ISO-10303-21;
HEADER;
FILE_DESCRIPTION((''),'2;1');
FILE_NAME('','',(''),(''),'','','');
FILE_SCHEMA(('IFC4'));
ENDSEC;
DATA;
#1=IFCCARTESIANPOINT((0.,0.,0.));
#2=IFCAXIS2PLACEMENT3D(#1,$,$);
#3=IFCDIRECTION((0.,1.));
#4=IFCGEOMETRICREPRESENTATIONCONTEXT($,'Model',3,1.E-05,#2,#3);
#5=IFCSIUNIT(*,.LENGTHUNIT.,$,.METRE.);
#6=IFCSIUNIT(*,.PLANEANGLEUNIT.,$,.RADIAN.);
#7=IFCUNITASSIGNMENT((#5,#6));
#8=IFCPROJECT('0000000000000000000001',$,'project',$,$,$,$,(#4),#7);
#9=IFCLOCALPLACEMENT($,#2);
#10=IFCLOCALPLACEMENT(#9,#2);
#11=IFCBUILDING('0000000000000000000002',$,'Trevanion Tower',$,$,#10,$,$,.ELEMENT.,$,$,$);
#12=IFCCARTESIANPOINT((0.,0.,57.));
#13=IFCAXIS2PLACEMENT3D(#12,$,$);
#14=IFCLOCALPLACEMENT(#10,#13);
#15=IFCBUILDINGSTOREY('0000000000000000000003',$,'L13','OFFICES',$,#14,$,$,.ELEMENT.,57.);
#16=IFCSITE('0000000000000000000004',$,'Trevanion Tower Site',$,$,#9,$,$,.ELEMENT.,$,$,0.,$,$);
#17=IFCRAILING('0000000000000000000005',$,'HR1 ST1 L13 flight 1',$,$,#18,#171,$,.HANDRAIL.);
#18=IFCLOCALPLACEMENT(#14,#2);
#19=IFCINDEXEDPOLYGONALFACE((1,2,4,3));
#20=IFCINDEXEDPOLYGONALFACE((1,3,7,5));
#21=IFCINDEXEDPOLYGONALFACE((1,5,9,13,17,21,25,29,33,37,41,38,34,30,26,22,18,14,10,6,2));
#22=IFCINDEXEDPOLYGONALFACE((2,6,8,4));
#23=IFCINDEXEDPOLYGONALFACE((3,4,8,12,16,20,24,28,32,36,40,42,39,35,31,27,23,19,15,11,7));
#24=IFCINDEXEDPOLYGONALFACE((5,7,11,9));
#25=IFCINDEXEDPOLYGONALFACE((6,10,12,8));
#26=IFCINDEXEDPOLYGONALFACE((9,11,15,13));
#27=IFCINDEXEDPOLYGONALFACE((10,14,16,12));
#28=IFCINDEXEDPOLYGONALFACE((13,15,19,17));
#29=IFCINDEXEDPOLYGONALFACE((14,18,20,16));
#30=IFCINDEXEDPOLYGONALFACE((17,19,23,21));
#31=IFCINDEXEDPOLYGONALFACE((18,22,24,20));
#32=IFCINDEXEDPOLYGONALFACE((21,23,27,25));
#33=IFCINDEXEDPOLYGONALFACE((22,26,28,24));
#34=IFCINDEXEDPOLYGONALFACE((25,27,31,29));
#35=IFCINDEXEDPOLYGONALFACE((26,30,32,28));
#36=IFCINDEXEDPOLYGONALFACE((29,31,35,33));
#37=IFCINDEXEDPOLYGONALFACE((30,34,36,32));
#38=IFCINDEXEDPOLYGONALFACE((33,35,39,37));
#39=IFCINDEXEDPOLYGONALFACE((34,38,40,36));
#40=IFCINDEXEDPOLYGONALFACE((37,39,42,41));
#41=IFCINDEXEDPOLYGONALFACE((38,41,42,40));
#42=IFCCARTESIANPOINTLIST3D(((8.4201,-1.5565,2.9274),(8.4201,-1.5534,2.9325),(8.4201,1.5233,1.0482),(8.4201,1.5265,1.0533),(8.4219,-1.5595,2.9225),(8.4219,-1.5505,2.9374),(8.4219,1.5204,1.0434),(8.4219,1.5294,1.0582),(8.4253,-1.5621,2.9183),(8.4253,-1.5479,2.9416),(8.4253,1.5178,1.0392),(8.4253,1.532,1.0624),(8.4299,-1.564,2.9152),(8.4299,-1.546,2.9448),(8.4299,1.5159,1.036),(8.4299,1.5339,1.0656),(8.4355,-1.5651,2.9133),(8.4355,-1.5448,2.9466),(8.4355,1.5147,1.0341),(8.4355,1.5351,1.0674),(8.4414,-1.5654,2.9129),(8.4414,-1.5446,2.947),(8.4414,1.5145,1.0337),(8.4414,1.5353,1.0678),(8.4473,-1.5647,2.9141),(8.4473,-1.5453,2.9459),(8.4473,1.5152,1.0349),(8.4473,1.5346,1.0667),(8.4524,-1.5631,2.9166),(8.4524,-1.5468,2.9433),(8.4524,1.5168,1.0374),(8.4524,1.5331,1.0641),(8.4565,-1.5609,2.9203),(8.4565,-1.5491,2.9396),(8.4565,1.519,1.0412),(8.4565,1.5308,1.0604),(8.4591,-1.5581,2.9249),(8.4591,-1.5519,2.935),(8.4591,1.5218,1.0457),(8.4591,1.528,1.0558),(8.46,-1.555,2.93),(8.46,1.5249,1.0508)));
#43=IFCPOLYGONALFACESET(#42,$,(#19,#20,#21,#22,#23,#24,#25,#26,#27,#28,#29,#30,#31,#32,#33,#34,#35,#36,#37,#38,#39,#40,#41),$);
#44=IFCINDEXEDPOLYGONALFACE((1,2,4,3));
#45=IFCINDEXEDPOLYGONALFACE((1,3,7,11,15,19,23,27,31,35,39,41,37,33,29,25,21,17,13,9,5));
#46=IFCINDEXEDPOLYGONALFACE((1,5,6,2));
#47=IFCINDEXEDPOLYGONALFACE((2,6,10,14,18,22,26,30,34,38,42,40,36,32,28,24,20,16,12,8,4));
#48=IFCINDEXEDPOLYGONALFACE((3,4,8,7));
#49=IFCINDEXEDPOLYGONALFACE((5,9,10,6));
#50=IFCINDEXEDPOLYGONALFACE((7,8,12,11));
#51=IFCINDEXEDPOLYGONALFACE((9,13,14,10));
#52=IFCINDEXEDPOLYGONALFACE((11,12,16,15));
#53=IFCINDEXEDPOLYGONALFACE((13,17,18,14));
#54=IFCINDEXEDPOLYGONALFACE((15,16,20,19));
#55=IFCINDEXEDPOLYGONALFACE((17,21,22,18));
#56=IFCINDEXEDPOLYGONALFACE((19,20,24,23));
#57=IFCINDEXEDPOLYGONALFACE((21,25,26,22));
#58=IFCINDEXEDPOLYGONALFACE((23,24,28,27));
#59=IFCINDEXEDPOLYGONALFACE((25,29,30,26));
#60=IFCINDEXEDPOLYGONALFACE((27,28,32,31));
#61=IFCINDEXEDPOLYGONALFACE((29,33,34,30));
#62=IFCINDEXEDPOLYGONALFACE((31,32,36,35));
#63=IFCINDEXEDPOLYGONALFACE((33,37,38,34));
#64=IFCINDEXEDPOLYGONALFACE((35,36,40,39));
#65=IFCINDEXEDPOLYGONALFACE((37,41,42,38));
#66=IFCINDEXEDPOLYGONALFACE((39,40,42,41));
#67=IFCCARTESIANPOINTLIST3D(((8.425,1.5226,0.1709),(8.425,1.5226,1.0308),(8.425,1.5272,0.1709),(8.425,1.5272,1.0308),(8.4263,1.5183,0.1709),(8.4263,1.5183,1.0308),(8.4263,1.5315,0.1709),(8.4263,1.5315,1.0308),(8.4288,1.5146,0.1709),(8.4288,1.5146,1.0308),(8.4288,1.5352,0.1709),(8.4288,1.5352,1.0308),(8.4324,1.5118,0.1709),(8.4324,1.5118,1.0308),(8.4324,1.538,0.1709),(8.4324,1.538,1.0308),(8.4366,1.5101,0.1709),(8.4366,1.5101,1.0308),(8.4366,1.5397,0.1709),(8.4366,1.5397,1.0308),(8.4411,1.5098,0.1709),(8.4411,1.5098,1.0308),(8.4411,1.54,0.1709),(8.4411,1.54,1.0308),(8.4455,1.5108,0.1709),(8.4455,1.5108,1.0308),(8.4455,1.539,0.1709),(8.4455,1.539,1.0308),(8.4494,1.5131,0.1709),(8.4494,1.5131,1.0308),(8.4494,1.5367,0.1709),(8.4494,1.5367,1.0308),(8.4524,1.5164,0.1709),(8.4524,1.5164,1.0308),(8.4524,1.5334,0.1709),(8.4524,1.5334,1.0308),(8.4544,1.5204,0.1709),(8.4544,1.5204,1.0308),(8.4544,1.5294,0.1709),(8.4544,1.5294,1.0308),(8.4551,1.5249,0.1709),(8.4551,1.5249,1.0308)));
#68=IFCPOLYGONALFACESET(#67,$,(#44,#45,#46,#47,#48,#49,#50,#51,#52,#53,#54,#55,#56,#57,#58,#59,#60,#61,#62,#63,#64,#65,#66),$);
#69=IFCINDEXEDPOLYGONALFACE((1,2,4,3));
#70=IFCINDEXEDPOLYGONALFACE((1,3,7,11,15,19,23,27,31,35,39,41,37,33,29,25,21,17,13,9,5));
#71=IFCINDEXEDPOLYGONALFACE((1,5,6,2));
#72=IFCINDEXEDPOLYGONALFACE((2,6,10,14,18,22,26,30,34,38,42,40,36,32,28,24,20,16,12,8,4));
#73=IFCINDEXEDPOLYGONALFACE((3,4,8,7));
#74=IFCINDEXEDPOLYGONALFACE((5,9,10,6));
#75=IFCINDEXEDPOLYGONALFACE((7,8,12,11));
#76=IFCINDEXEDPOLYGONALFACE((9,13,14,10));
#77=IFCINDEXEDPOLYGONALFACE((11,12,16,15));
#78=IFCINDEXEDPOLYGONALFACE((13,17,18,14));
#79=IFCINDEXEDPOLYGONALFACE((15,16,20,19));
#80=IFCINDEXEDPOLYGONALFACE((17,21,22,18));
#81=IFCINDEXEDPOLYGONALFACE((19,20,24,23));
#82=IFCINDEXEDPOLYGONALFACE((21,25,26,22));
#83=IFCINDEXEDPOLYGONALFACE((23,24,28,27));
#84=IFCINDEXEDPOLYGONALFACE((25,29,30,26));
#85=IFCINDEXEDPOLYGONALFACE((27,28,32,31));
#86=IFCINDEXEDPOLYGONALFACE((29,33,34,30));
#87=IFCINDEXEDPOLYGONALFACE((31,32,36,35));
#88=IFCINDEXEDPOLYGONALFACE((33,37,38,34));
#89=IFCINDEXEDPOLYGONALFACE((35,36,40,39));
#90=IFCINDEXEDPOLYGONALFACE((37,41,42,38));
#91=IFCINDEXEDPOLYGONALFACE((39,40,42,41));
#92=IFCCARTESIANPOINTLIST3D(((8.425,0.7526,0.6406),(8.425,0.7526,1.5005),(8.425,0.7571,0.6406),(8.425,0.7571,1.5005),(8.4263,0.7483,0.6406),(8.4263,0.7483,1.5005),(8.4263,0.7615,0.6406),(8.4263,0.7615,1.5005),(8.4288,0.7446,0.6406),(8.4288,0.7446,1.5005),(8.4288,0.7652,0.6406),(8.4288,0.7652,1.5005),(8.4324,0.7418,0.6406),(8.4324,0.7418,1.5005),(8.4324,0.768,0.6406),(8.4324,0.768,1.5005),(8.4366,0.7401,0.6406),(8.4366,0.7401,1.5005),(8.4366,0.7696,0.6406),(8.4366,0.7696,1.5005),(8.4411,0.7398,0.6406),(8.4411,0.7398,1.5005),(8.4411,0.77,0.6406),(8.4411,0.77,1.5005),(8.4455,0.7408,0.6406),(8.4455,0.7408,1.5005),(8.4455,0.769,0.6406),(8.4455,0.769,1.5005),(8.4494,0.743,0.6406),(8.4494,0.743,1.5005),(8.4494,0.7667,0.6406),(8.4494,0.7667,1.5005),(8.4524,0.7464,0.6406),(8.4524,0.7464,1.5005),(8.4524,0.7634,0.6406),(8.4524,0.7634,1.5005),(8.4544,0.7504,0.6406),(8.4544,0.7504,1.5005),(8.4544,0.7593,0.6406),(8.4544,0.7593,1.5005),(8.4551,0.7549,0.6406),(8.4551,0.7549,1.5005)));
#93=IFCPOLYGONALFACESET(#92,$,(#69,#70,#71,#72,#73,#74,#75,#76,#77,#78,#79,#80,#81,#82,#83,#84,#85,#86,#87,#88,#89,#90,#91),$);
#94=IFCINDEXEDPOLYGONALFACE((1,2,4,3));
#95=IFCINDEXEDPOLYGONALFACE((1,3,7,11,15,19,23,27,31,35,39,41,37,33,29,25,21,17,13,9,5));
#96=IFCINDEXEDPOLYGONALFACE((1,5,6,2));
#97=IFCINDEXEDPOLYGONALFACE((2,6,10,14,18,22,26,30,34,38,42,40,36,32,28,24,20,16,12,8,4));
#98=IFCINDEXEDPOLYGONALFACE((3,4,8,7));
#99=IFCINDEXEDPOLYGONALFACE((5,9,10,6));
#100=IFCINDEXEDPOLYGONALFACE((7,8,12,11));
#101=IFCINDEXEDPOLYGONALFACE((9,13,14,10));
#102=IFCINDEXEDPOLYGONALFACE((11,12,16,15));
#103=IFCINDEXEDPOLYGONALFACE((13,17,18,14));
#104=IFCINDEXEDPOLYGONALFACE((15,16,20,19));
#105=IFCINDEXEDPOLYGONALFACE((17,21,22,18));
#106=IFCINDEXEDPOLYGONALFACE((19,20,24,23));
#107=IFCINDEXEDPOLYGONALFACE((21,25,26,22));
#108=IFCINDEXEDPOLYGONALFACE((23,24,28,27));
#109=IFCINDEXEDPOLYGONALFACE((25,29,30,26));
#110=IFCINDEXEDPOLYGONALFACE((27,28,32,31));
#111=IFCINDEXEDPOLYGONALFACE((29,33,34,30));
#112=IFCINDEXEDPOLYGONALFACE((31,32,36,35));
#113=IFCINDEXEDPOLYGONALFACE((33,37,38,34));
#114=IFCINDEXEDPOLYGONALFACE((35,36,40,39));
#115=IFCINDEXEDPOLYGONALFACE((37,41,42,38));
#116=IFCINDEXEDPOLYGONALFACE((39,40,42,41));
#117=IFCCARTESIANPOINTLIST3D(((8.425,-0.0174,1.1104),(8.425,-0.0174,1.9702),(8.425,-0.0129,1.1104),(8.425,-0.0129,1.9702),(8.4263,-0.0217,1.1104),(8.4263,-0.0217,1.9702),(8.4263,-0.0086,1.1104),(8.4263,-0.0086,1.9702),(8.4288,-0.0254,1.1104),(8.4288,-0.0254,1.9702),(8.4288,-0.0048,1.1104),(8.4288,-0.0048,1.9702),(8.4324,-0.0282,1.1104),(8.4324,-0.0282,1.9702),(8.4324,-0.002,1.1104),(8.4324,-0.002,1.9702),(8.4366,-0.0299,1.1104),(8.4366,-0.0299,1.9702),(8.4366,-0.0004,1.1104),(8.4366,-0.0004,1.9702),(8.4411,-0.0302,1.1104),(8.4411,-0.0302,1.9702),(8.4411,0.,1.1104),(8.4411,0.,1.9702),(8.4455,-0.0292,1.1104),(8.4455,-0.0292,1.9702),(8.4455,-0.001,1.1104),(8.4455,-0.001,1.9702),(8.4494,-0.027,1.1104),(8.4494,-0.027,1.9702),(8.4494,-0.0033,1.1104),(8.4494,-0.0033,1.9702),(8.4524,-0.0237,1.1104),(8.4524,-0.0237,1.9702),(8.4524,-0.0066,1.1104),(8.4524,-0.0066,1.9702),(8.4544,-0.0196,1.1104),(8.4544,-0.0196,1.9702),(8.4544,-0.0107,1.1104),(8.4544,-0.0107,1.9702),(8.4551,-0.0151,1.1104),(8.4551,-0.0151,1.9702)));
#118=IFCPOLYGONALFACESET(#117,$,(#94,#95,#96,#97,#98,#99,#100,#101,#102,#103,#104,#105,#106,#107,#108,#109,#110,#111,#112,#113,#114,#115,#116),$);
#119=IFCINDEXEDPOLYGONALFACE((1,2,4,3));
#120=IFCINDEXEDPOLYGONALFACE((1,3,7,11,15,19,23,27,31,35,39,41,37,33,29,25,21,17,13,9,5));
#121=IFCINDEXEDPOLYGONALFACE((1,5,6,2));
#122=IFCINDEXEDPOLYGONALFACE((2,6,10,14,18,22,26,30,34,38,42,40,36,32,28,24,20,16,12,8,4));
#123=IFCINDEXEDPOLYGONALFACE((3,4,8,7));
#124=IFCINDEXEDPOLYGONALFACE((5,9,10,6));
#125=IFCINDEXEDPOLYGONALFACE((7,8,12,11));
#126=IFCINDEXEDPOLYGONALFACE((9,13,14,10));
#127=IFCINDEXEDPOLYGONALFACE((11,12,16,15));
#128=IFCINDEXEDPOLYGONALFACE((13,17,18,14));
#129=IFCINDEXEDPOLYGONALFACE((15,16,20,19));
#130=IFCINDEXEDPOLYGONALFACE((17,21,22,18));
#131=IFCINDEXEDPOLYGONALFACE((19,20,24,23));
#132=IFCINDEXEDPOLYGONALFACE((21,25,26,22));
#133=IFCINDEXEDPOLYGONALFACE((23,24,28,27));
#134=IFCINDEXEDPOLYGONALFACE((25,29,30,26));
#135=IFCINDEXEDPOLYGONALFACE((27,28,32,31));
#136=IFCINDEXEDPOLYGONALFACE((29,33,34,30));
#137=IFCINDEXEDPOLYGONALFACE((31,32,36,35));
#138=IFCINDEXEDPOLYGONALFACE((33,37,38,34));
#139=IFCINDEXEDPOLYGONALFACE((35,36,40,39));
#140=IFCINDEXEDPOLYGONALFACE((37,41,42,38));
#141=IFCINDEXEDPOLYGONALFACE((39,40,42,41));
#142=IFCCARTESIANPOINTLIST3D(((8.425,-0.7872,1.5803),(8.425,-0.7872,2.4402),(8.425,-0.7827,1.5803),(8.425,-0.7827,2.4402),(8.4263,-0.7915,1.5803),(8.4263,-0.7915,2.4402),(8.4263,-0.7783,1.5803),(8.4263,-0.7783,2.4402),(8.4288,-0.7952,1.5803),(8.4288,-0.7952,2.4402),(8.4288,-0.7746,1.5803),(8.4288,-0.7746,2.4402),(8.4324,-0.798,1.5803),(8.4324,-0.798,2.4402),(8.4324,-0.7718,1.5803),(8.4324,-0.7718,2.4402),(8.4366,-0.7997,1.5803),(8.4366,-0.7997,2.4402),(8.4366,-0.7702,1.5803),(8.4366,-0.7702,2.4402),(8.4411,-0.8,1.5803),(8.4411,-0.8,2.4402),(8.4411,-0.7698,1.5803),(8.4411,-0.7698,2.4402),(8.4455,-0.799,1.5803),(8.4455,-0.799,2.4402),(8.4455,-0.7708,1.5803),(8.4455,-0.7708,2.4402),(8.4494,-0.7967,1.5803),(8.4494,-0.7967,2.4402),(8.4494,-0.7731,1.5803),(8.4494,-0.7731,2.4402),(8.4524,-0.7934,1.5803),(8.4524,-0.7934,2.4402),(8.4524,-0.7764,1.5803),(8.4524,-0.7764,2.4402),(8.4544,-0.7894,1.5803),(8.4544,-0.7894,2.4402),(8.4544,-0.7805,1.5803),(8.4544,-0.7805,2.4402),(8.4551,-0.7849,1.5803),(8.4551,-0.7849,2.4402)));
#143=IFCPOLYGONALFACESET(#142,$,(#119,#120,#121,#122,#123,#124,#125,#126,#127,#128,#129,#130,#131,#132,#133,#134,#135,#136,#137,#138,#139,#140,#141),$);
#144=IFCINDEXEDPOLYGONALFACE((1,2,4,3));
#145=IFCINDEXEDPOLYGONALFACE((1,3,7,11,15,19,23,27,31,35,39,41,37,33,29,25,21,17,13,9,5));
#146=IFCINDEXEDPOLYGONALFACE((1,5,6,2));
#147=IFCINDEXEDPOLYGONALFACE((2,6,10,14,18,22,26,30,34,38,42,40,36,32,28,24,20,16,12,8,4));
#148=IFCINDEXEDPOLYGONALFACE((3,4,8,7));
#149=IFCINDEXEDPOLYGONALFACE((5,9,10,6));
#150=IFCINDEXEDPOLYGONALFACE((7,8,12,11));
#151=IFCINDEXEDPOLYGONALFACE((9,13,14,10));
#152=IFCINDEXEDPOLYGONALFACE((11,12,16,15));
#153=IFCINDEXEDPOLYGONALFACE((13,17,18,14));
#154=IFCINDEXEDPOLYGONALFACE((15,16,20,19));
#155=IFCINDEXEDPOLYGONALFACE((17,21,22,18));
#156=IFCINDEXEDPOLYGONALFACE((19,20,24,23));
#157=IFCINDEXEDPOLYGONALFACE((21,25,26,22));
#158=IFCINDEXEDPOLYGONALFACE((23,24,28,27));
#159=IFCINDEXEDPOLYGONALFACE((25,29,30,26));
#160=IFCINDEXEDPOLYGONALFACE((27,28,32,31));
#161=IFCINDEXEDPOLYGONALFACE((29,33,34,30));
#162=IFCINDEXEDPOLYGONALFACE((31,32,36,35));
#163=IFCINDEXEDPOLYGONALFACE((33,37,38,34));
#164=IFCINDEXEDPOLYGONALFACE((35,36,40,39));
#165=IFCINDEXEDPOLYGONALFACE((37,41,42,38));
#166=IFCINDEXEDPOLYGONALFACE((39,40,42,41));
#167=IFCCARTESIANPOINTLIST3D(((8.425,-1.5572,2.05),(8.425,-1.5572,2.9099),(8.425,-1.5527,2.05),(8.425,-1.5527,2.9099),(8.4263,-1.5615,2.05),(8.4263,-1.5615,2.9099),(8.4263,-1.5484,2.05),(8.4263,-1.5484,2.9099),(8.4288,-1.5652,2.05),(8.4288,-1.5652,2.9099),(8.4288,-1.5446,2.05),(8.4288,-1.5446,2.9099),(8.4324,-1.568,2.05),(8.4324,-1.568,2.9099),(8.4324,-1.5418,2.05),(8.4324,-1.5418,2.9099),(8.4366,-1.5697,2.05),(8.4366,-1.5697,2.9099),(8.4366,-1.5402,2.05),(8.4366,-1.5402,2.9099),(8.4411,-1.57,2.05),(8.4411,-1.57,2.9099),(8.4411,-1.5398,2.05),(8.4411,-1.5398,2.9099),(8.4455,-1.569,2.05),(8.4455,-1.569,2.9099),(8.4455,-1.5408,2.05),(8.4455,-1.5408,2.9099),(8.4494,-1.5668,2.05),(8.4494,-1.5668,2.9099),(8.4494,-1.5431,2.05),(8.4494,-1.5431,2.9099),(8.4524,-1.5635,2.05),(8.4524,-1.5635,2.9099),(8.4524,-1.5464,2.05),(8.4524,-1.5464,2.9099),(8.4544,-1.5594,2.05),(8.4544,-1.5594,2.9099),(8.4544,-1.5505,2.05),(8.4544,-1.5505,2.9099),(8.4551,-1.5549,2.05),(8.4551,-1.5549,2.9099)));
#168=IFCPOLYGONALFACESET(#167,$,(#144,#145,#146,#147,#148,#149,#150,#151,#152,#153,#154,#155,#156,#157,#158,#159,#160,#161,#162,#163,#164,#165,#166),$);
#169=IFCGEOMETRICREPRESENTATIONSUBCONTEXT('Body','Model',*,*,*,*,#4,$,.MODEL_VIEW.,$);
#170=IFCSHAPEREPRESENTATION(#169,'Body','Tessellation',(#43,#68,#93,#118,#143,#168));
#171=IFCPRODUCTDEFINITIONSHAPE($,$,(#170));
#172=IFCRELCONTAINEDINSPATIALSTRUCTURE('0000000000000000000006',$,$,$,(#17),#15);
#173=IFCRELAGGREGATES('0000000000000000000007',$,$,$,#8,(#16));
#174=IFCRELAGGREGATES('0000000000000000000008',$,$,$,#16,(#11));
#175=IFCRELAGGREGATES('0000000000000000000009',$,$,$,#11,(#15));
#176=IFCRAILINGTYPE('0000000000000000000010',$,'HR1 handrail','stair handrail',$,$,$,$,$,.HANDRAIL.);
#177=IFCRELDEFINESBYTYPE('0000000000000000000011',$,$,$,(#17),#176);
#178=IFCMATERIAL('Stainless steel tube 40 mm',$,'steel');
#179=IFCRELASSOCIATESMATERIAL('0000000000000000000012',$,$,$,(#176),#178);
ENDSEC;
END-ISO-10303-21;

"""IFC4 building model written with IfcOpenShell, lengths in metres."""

from ifc_helpers import new_model, si_unit, direction, frame, origin, origin_2d, place, context, subcontext, project, spatial, circle, extrude, material, type_object, element, save


model = new_model("IFC4")

# Units and contexts
model_context = context("Model", 3, precision=1e-05, world=origin(), true_north=direction((0.0, 1.0)))
body_context = subcontext(model_context, "Body", "Model", "MODEL_VIEW")
ifc_project = project(units=[si_unit("LENGTHUNIT", "METRE"), si_unit("PLANEANGLEUNIT", "RADIAN")], contexts=[model_context])

# Site, building, storey
site_placement = place(None, origin())
site = spatial("IfcSite", under=ifc_project, at=site_placement, Name="Trevanion Tower Site", CompositionType="ELEMENT", RefElevation=0.0)
building_placement = place(site_placement, origin())
building = spatial("IfcBuilding", under=site, at=building_placement, Name="Trevanion Tower", CompositionType="ELEMENT")
storey_placement = place(building_placement, frame((0.0, 0.0, 57.0)))
storey = spatial("IfcBuildingStorey", under=building, at=storey_placement, Name="L13", Description="OFFICES", CompositionType="ELEMENT", Elevation=57.0)

# Railing
ifc_material_1 = material(Name="Stainless steel tube 40 mm", Category="steel")
railing_type = type_object("IfcRailingType", Name="HR1 handrail", Description="stair handrail", PredefinedType="HANDRAIL", material=ifc_material_1)
for number, where, name in (
    (1, (8.4399, 1.5249, 0.1709), "HR1 ST1 L13 flight 1"),
):
    element("IfcRailing", number, at=place(storey_placement, frame(where)), inside=storey, type_object=railing_type, Name=name, PredefinedType="HANDRAIL", context=body_context, shape_type="SweptSolid", body=[
        extrude(circle(Radius=0.02, at=origin_2d()), frame((0.0, 0.0, 0.8799), z_axis=(0.0, -0.853648, 0.52085), x_axis=(1.0, 0.0, 0.0)), (0.0, 0.0, 1.0), 3.6079),
        extrude(circle(Radius=0.0151, at=origin_2d()), origin(), (0.0, 0.0, 1.0), 0.8599),
        extrude(circle(Radius=0.0151, at=origin_2d()), frame((0.0, -0.77, 0.4697)), (0.0, 0.0, 1.0), 0.8599),
        extrude(circle(Radius=0.0151, at=origin_2d()), frame((0.0, -1.54, 0.9395)), (0.0, 0.0, 1.0), 0.8599),
        extrude(circle(Radius=0.0151, at=origin_2d()), frame((0.0, -2.3098, 1.4094)), (0.0, 0.0, 1.0), 0.8599),
        extrude(circle(Radius=0.0151, at=origin_2d()), frame((0.0, -3.0798, 1.8792)), (0.0, 0.0, 1.0), 0.8599),
    ])

save(model, "model.ifc")
